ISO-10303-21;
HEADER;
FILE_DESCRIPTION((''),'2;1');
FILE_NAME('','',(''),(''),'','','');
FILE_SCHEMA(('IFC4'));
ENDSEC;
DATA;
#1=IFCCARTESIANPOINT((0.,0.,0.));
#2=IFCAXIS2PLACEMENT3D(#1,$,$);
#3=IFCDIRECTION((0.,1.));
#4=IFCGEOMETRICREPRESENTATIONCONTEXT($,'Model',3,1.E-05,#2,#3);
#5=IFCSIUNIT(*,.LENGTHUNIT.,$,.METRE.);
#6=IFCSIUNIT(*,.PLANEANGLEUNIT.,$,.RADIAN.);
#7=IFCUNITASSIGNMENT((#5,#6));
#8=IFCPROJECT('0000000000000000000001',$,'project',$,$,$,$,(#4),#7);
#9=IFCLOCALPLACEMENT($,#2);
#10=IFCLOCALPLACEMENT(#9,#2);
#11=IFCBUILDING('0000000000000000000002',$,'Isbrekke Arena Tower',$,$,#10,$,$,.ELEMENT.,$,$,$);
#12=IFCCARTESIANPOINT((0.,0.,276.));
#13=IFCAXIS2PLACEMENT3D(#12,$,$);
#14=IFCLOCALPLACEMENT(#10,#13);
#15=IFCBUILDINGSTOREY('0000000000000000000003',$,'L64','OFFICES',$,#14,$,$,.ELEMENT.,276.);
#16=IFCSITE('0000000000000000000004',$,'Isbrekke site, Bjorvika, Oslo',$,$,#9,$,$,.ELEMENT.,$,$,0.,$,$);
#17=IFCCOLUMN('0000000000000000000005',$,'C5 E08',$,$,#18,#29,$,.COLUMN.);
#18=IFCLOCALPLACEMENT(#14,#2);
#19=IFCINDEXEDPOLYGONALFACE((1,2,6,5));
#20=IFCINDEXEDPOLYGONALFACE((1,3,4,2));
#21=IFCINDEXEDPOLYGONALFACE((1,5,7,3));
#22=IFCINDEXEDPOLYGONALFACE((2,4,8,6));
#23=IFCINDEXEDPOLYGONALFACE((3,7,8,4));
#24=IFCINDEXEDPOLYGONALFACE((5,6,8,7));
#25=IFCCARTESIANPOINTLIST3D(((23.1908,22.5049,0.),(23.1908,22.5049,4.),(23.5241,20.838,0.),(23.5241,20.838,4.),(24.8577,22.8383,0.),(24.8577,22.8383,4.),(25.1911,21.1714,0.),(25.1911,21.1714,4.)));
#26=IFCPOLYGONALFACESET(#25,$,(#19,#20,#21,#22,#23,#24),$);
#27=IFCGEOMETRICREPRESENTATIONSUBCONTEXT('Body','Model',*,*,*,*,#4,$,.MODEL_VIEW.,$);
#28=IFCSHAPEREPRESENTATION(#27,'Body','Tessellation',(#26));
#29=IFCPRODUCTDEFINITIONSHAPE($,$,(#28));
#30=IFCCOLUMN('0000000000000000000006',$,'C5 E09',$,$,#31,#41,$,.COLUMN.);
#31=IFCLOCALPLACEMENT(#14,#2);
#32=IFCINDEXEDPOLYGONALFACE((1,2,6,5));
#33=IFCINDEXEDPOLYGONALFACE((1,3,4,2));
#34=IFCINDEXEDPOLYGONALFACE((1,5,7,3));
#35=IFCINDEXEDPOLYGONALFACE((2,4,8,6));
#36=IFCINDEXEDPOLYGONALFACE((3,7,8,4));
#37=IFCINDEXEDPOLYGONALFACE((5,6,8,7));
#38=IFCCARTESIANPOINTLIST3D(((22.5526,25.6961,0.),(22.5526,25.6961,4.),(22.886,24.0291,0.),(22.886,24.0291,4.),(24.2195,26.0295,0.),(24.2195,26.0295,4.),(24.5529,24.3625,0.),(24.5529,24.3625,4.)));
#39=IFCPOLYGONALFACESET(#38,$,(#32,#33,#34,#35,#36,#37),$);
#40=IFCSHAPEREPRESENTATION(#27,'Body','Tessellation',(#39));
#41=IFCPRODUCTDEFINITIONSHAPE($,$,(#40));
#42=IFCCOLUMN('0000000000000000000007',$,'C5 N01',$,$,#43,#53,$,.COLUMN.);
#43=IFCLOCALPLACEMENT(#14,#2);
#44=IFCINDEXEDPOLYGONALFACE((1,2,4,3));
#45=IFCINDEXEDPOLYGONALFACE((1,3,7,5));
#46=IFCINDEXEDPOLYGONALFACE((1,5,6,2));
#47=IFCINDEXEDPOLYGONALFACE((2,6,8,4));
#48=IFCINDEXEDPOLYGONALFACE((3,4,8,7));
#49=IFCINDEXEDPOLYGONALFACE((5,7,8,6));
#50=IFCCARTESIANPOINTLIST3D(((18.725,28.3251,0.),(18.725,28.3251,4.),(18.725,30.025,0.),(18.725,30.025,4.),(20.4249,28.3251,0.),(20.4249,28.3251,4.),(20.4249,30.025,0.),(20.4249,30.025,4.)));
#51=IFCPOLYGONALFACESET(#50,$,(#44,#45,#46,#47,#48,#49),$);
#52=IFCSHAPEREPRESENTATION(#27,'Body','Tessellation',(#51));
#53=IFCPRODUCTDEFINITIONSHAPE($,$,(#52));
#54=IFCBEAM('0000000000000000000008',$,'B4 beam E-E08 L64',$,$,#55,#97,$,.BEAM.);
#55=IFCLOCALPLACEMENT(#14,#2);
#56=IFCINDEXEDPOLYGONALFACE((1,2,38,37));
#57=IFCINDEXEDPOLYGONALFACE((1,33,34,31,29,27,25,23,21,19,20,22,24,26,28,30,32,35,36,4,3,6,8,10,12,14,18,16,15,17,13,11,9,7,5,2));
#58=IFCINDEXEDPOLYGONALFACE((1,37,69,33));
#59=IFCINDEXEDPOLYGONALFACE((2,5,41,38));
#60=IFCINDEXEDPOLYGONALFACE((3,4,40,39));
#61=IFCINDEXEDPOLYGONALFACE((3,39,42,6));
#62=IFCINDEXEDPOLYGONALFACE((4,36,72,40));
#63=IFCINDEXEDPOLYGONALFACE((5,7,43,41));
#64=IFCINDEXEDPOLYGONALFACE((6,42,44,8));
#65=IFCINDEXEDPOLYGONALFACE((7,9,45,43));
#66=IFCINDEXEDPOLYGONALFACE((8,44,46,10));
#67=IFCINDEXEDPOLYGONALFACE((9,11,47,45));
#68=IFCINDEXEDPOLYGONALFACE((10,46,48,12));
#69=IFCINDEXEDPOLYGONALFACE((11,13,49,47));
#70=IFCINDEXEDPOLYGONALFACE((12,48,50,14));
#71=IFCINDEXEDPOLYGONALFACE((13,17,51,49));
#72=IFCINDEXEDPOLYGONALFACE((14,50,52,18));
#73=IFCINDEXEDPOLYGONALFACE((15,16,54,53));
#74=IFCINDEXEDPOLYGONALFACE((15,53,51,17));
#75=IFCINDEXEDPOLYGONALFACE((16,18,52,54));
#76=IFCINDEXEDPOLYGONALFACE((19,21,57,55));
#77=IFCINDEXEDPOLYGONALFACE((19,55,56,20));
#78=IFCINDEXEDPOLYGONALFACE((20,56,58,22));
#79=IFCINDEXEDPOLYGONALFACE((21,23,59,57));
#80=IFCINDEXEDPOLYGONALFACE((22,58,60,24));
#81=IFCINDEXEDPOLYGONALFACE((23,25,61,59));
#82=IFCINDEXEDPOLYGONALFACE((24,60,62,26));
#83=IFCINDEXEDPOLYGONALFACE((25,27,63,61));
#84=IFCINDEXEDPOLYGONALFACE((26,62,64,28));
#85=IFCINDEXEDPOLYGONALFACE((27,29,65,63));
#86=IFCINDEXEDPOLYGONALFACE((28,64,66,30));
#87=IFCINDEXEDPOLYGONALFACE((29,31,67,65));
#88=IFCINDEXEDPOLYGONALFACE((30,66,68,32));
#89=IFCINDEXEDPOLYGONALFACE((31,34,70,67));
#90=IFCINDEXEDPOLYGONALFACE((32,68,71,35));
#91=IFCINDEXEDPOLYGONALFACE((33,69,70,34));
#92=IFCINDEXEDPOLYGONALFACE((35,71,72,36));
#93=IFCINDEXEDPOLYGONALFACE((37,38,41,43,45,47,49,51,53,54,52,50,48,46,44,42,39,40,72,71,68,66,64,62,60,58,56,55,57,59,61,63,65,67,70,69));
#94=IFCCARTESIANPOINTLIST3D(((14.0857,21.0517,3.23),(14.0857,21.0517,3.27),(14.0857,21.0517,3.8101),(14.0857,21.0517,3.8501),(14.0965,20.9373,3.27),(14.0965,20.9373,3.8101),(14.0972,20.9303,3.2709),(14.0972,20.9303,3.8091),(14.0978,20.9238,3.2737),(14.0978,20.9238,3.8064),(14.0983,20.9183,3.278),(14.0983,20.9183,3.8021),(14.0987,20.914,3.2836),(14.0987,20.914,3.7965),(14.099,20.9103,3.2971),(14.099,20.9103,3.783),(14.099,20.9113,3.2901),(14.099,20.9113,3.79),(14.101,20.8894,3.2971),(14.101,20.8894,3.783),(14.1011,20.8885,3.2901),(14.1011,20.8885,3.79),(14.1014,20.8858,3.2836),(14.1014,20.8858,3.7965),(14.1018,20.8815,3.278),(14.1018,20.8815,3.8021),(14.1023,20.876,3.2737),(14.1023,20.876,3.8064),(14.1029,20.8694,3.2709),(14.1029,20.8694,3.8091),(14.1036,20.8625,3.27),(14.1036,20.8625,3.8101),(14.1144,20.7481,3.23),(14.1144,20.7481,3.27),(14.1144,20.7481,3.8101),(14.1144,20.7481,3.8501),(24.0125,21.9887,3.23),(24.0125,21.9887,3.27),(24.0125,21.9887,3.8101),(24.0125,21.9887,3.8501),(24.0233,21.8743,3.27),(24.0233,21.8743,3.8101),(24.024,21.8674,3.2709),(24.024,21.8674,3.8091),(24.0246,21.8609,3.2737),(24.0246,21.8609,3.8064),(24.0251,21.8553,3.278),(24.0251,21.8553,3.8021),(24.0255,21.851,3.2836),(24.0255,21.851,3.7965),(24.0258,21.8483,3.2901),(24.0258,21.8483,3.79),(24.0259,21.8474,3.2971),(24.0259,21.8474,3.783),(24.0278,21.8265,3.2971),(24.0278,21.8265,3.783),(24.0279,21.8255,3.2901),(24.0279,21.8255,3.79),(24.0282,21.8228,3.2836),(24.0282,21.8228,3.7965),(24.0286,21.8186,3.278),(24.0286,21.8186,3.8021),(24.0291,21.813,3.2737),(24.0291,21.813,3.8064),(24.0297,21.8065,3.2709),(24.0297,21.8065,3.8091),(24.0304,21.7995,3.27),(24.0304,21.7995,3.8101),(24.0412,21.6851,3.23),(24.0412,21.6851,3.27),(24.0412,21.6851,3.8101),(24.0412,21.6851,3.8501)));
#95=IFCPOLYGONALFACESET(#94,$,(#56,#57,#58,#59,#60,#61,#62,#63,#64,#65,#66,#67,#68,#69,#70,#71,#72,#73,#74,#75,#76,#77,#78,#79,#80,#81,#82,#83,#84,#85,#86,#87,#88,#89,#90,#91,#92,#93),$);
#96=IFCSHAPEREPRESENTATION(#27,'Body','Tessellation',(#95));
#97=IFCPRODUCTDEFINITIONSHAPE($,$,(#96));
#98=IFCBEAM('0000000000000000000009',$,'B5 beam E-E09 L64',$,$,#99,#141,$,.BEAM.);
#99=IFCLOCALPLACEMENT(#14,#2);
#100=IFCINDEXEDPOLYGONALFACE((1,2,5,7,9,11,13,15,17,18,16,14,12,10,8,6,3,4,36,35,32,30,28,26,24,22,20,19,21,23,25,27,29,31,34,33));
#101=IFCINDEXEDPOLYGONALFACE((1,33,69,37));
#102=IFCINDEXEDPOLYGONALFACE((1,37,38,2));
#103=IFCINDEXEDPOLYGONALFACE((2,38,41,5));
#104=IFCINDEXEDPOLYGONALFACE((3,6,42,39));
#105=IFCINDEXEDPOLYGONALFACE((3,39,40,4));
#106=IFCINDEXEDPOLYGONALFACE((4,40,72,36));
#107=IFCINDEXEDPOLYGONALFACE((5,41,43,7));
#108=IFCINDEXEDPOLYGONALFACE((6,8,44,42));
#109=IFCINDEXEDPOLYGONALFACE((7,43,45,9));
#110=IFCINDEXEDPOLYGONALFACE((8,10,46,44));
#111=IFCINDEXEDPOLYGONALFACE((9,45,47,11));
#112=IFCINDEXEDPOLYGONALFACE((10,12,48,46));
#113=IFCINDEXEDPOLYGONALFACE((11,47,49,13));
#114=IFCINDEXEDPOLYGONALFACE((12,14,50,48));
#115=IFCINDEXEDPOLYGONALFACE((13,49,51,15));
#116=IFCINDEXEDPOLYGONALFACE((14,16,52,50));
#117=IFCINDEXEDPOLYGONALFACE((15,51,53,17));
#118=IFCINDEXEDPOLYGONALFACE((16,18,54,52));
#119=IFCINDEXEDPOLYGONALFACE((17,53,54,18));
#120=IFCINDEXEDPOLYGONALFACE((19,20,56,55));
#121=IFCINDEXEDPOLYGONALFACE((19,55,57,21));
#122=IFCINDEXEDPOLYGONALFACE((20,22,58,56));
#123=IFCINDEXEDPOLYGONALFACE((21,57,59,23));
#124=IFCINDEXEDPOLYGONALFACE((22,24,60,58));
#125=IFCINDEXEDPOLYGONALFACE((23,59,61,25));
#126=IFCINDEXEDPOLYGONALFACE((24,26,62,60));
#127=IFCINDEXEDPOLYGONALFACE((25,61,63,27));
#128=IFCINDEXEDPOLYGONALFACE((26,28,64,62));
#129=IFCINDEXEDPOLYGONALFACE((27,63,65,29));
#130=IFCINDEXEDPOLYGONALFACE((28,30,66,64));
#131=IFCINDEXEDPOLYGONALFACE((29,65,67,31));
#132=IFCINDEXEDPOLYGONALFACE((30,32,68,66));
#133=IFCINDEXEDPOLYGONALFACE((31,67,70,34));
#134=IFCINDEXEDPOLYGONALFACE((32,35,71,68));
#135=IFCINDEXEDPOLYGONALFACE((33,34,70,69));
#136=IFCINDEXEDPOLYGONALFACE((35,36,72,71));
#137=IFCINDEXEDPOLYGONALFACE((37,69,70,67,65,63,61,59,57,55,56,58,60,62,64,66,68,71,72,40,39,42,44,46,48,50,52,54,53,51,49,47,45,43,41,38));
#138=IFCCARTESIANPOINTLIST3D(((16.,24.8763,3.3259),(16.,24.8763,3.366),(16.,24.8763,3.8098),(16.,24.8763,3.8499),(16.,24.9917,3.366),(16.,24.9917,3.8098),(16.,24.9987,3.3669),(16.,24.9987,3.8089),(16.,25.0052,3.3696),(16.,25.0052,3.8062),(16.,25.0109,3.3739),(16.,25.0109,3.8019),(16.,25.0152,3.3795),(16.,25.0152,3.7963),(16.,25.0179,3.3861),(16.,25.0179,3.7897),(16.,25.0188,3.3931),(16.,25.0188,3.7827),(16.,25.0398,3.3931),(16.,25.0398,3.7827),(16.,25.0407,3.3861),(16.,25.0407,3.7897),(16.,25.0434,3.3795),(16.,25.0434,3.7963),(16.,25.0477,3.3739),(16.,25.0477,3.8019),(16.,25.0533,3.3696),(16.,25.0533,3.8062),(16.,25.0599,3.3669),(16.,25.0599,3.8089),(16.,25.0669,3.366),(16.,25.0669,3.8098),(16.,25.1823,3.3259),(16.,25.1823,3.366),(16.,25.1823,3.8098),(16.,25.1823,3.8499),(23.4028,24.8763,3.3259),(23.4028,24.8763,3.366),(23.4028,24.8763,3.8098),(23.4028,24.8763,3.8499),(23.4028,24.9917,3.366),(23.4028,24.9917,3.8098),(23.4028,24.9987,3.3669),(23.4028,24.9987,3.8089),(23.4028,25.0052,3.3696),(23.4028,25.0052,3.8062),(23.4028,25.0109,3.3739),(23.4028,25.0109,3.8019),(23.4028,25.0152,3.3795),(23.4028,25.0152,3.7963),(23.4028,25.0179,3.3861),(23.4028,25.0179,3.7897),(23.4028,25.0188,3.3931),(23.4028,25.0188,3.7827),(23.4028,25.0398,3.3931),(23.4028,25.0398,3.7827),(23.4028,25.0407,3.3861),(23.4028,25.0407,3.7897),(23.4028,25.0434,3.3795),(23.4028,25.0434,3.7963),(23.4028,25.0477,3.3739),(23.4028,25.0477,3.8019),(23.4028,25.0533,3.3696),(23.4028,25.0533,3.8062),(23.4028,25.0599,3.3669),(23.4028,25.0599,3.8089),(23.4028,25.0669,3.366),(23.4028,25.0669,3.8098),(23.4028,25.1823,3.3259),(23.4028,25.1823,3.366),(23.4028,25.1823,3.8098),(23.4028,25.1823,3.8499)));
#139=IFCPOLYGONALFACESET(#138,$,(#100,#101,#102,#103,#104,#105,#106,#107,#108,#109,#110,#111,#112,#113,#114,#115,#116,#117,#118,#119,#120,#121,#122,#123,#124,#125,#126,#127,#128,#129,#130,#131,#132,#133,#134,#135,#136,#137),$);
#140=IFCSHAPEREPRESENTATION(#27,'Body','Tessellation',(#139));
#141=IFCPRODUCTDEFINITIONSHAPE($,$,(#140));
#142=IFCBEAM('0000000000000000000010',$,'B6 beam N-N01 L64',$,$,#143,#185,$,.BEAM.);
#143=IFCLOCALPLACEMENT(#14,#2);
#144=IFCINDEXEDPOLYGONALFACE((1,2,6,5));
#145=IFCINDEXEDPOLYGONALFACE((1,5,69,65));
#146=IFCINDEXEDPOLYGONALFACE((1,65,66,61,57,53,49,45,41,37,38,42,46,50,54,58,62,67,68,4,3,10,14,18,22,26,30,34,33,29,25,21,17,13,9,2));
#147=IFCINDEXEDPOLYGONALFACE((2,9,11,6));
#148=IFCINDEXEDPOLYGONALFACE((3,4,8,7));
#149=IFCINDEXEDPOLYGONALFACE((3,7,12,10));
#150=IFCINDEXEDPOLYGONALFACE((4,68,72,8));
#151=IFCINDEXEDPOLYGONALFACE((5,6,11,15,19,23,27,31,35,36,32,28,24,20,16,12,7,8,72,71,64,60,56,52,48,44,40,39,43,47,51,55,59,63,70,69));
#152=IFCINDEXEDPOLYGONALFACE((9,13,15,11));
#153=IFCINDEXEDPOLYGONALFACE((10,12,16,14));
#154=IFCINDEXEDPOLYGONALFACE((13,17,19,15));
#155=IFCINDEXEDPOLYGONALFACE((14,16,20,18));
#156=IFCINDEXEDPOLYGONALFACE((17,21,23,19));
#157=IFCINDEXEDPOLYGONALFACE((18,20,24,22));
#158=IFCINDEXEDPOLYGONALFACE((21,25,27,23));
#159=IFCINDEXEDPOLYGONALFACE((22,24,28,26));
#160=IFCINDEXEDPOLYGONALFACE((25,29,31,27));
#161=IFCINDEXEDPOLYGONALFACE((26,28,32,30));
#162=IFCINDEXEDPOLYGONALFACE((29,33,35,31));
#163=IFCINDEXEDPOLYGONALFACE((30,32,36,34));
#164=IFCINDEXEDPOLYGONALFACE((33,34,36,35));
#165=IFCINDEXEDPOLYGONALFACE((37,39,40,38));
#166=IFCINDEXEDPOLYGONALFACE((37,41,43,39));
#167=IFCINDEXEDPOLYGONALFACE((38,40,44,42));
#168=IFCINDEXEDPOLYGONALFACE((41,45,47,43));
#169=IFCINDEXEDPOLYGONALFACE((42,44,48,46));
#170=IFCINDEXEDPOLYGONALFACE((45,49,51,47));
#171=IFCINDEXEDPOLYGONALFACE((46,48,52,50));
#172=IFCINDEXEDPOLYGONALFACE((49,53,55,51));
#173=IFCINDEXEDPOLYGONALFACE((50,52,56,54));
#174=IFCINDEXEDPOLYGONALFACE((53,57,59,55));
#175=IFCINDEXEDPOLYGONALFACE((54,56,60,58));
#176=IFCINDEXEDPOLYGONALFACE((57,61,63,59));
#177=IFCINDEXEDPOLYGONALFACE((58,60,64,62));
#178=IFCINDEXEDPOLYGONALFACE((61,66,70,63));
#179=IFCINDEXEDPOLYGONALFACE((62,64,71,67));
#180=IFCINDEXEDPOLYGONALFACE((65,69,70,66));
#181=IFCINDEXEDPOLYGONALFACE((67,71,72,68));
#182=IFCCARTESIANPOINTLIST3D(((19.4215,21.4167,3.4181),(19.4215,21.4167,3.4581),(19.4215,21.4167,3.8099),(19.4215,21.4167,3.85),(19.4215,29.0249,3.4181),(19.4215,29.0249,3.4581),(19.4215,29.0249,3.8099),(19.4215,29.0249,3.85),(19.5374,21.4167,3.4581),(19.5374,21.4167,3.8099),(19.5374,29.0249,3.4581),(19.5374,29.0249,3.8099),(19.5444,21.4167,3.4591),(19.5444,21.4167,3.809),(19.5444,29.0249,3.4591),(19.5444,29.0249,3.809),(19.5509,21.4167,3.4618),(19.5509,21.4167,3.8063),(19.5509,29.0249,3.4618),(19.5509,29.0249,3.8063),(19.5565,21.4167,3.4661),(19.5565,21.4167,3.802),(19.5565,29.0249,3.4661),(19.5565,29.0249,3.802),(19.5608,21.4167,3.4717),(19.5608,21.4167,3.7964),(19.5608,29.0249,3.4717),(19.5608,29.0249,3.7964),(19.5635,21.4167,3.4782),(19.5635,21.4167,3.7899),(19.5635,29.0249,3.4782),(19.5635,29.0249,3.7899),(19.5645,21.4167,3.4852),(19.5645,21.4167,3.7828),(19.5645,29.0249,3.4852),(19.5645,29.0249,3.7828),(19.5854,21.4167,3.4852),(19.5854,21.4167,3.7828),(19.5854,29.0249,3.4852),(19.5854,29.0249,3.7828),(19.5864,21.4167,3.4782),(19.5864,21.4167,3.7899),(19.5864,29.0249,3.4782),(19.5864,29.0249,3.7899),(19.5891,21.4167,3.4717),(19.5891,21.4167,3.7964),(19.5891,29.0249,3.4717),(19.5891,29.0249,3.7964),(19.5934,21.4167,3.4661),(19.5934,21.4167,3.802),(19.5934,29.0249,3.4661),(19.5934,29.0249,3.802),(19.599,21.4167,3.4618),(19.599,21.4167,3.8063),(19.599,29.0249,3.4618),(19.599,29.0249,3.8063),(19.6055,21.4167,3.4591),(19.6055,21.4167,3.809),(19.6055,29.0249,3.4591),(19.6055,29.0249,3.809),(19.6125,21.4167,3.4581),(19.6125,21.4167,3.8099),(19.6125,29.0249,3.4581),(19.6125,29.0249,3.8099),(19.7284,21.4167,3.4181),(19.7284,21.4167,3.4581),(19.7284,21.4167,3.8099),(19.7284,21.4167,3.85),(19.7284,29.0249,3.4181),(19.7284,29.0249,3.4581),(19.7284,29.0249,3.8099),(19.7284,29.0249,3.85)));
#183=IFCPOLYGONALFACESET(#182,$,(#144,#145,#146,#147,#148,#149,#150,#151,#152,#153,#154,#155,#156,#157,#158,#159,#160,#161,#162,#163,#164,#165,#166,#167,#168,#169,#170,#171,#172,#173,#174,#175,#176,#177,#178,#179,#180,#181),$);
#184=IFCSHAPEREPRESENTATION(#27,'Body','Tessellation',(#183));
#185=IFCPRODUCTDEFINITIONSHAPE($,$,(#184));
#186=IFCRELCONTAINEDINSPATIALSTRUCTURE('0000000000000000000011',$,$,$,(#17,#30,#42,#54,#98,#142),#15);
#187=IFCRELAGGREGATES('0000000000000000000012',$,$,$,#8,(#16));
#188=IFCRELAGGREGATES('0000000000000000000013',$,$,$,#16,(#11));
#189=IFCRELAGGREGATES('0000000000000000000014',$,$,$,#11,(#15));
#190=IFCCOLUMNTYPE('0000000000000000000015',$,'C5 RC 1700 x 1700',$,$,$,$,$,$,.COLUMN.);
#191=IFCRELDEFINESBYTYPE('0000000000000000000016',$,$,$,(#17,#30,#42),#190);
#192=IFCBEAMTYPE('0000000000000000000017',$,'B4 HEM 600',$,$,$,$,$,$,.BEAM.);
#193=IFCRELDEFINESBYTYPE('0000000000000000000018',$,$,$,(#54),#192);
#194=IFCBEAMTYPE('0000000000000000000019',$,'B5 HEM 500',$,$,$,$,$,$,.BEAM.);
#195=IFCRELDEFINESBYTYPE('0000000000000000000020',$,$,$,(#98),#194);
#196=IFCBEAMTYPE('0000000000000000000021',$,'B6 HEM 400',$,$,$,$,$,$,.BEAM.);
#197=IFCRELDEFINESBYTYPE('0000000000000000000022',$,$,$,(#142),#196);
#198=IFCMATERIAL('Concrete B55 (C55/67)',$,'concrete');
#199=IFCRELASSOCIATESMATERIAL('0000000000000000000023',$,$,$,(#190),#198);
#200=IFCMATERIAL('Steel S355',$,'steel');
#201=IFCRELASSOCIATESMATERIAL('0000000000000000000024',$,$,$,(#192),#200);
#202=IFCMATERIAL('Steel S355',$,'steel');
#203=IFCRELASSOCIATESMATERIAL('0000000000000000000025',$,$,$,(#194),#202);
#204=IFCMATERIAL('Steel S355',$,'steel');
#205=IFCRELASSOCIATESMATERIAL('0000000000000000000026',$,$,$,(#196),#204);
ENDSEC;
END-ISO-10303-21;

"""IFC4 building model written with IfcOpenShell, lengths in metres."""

from ifc_helpers import new_model, si_unit, direction, frame, origin, origin_2d, place, context, subcontext, project, spatial, rectangle, i_section, extrude, material, material_profile, profile_set, type_object, element, save


model = new_model("IFC4")

# Units and contexts
model_context = context("Model", 3, precision=1e-05, world=origin(), true_north=direction((0.0, 1.0)))
body_context = subcontext(model_context, "Body", "Model", "MODEL_VIEW")
ifc_project = project(units=[si_unit("LENGTHUNIT", "METRE"), si_unit("PLANEANGLEUNIT", "RADIAN")], contexts=[model_context])

# Site, building, storey
site_placement = place(None, origin())
site = spatial("IfcSite", under=ifc_project, at=site_placement, Name="Isbrekke site, Bjorvika, Oslo", CompositionType="ELEMENT", RefElevation=0.0)
building_placement = place(site_placement, origin())
building = spatial("IfcBuilding", under=site, at=building_placement, Name="Isbrekke Arena Tower", CompositionType="ELEMENT")
storey_placement = place(building_placement, frame((0.0, 0.0, 276.0)))
storey = spatial("IfcBuildingStorey", under=building, at=storey_placement, Name="L64", Description="OFFICES", CompositionType="ELEMENT", Elevation=276.0)

# Columns
ifc_material_1 = material(Name="Concrete B55 (C55/67)", Category="concrete")
ifc_material_profile_1 = material_profile(ifc_material_1, rectangle(XDim=1.7, YDim=1.7, at=origin_2d()), Name="RC 1700x1700")
ifc_profile_set_1 = profile_set([ifc_material_profile_1], Name="Concrete B55 (C55/67)")
column_type = type_object("IfcColumnType", Name="C5 RC 1700 x 1700", PredefinedType="COLUMN", material=ifc_profile_set_1)
for number, where, z_axis, x_axis, name in (
    (1, (24.1909, 21.8381, 0.0), (0.0, 0.0, 1.0), (-0.196116, 0.980581, 0.0), "C5 E08"),
    (2, (23.5527, 25.0293, 0.0), (0.0, 0.0, 1.0), (-0.196116, 0.980581, 0.0), "C5 E09"),
    (3, (19.575, 29.175, 0.0), (0.0, 0.0, 1.0), (-1.0, 0.0, 0.0), "C5 N01"),
):
    element("IfcColumn", number, at=place(storey_placement, frame(where, z_axis=z_axis, x_axis=x_axis)), inside=storey, type_object=column_type, Name=name, PredefinedType="COLUMN", context=body_context, shape_type="SweptSolid", body=[
        extrude(rectangle(XDim=1.7, YDim=1.7, at=origin_2d()), origin(), (0.0, 0.0, 1.0), 4.0),
    ])

# Beams
ifc_material_2 = material(Name="Steel S355", Category="steel")
ifc_material_profile_2 = material_profile(ifc_material_2, i_section(OverallWidth=0.3049, OverallDepth=0.6201, WebThickness=0.021, FlangeThickness=0.04, FilletRadius=0.0271, at=origin_2d()), Name="HEM 600")
ifc_profile_set_2 = profile_set([ifc_material_profile_2], Name="Steel S355")
beam_type_1 = type_object("IfcBeamType", Name="B4 HEM 600", PredefinedType="BEAM", material=ifc_profile_set_2)
beam_1_placement = place(storey_placement, frame((24.0269, 21.8369, 3.54), z_axis=(-0.995575, -0.093975, 0.0), x_axis=(0.093975, -0.995575, 0.0)))
element("IfcBeam", 4, at=beam_1_placement, inside=storey, type_object=beam_type_1, Name="B4 beam E-E08 L64", PredefinedType="BEAM", context=body_context, shape_type="SweptSolid", body=[
    extrude(i_section(OverallWidth=0.3049, OverallDepth=0.6201, WebThickness=0.021, FlangeThickness=0.04, FilletRadius=0.0271, at=origin_2d()), origin(), (0.0, 0.0, 1.0), 9.9709),
])
ifc_material_3 = material(Name="Steel S355", Category="steel")
ifc_material_profile_3 = material_profile(ifc_material_3, i_section(OverallWidth=0.3059, OverallDepth=0.5239, WebThickness=0.021, FlangeThickness=0.04, FilletRadius=0.0271, at=origin_2d()), Name="HEM 500")
ifc_profile_set_3 = profile_set([ifc_material_profile_3], Name="Steel S355")
beam_type_2 = type_object("IfcBeamType", Name="B5 HEM 500", PredefinedType="BEAM", material=ifc_profile_set_3)
beam_2_placement = place(storey_placement, frame((23.4028, 25.0293, 3.5879), z_axis=(-1.0, 0.0, 0.0), x_axis=(0.0, -1.0, 0.0)))
element("IfcBeam", 5, at=beam_2_placement, inside=storey, type_object=beam_type_2, Name="B5 beam E-E09 L64", PredefinedType="BEAM", context=body_context, shape_type="SweptSolid", body=[
    extrude(i_section(OverallWidth=0.3059, OverallDepth=0.5239, WebThickness=0.021, FlangeThickness=0.04, FilletRadius=0.0271, at=origin_2d()), origin(), (0.0, 0.0, 1.0), 7.4028),
])
ifc_material_4 = material(Name="Steel S355", Category="steel")
ifc_material_profile_4 = material_profile(ifc_material_4, i_section(OverallWidth=0.3069, OverallDepth=0.4319, WebThickness=0.021, FlangeThickness=0.04, FilletRadius=0.0271, at=origin_2d()), Name="HEM 400")
ifc_profile_set_4 = profile_set([ifc_material_profile_4], Name="Steel S355")
beam_type_3 = type_object("IfcBeamType", Name="B6 HEM 400", PredefinedType="BEAM", material=ifc_profile_set_4)
beam_3_placement = place(storey_placement, frame((19.575, 29.0249, 3.634), z_axis=(0.0, -1.0, 0.0), x_axis=(1.0, 0.0, 0.0)))
element("IfcBeam", 6, at=beam_3_placement, inside=storey, type_object=beam_type_3, Name="B6 beam N-N01 L64", PredefinedType="BEAM", context=body_context, shape_type="SweptSolid", body=[
    extrude(i_section(OverallWidth=0.3069, OverallDepth=0.4319, WebThickness=0.021, FlangeThickness=0.04, FilletRadius=0.0271, at=origin_2d()), origin(), (0.0, 0.0, 1.0), 7.6082),
])

save(model, "model.ifc")
